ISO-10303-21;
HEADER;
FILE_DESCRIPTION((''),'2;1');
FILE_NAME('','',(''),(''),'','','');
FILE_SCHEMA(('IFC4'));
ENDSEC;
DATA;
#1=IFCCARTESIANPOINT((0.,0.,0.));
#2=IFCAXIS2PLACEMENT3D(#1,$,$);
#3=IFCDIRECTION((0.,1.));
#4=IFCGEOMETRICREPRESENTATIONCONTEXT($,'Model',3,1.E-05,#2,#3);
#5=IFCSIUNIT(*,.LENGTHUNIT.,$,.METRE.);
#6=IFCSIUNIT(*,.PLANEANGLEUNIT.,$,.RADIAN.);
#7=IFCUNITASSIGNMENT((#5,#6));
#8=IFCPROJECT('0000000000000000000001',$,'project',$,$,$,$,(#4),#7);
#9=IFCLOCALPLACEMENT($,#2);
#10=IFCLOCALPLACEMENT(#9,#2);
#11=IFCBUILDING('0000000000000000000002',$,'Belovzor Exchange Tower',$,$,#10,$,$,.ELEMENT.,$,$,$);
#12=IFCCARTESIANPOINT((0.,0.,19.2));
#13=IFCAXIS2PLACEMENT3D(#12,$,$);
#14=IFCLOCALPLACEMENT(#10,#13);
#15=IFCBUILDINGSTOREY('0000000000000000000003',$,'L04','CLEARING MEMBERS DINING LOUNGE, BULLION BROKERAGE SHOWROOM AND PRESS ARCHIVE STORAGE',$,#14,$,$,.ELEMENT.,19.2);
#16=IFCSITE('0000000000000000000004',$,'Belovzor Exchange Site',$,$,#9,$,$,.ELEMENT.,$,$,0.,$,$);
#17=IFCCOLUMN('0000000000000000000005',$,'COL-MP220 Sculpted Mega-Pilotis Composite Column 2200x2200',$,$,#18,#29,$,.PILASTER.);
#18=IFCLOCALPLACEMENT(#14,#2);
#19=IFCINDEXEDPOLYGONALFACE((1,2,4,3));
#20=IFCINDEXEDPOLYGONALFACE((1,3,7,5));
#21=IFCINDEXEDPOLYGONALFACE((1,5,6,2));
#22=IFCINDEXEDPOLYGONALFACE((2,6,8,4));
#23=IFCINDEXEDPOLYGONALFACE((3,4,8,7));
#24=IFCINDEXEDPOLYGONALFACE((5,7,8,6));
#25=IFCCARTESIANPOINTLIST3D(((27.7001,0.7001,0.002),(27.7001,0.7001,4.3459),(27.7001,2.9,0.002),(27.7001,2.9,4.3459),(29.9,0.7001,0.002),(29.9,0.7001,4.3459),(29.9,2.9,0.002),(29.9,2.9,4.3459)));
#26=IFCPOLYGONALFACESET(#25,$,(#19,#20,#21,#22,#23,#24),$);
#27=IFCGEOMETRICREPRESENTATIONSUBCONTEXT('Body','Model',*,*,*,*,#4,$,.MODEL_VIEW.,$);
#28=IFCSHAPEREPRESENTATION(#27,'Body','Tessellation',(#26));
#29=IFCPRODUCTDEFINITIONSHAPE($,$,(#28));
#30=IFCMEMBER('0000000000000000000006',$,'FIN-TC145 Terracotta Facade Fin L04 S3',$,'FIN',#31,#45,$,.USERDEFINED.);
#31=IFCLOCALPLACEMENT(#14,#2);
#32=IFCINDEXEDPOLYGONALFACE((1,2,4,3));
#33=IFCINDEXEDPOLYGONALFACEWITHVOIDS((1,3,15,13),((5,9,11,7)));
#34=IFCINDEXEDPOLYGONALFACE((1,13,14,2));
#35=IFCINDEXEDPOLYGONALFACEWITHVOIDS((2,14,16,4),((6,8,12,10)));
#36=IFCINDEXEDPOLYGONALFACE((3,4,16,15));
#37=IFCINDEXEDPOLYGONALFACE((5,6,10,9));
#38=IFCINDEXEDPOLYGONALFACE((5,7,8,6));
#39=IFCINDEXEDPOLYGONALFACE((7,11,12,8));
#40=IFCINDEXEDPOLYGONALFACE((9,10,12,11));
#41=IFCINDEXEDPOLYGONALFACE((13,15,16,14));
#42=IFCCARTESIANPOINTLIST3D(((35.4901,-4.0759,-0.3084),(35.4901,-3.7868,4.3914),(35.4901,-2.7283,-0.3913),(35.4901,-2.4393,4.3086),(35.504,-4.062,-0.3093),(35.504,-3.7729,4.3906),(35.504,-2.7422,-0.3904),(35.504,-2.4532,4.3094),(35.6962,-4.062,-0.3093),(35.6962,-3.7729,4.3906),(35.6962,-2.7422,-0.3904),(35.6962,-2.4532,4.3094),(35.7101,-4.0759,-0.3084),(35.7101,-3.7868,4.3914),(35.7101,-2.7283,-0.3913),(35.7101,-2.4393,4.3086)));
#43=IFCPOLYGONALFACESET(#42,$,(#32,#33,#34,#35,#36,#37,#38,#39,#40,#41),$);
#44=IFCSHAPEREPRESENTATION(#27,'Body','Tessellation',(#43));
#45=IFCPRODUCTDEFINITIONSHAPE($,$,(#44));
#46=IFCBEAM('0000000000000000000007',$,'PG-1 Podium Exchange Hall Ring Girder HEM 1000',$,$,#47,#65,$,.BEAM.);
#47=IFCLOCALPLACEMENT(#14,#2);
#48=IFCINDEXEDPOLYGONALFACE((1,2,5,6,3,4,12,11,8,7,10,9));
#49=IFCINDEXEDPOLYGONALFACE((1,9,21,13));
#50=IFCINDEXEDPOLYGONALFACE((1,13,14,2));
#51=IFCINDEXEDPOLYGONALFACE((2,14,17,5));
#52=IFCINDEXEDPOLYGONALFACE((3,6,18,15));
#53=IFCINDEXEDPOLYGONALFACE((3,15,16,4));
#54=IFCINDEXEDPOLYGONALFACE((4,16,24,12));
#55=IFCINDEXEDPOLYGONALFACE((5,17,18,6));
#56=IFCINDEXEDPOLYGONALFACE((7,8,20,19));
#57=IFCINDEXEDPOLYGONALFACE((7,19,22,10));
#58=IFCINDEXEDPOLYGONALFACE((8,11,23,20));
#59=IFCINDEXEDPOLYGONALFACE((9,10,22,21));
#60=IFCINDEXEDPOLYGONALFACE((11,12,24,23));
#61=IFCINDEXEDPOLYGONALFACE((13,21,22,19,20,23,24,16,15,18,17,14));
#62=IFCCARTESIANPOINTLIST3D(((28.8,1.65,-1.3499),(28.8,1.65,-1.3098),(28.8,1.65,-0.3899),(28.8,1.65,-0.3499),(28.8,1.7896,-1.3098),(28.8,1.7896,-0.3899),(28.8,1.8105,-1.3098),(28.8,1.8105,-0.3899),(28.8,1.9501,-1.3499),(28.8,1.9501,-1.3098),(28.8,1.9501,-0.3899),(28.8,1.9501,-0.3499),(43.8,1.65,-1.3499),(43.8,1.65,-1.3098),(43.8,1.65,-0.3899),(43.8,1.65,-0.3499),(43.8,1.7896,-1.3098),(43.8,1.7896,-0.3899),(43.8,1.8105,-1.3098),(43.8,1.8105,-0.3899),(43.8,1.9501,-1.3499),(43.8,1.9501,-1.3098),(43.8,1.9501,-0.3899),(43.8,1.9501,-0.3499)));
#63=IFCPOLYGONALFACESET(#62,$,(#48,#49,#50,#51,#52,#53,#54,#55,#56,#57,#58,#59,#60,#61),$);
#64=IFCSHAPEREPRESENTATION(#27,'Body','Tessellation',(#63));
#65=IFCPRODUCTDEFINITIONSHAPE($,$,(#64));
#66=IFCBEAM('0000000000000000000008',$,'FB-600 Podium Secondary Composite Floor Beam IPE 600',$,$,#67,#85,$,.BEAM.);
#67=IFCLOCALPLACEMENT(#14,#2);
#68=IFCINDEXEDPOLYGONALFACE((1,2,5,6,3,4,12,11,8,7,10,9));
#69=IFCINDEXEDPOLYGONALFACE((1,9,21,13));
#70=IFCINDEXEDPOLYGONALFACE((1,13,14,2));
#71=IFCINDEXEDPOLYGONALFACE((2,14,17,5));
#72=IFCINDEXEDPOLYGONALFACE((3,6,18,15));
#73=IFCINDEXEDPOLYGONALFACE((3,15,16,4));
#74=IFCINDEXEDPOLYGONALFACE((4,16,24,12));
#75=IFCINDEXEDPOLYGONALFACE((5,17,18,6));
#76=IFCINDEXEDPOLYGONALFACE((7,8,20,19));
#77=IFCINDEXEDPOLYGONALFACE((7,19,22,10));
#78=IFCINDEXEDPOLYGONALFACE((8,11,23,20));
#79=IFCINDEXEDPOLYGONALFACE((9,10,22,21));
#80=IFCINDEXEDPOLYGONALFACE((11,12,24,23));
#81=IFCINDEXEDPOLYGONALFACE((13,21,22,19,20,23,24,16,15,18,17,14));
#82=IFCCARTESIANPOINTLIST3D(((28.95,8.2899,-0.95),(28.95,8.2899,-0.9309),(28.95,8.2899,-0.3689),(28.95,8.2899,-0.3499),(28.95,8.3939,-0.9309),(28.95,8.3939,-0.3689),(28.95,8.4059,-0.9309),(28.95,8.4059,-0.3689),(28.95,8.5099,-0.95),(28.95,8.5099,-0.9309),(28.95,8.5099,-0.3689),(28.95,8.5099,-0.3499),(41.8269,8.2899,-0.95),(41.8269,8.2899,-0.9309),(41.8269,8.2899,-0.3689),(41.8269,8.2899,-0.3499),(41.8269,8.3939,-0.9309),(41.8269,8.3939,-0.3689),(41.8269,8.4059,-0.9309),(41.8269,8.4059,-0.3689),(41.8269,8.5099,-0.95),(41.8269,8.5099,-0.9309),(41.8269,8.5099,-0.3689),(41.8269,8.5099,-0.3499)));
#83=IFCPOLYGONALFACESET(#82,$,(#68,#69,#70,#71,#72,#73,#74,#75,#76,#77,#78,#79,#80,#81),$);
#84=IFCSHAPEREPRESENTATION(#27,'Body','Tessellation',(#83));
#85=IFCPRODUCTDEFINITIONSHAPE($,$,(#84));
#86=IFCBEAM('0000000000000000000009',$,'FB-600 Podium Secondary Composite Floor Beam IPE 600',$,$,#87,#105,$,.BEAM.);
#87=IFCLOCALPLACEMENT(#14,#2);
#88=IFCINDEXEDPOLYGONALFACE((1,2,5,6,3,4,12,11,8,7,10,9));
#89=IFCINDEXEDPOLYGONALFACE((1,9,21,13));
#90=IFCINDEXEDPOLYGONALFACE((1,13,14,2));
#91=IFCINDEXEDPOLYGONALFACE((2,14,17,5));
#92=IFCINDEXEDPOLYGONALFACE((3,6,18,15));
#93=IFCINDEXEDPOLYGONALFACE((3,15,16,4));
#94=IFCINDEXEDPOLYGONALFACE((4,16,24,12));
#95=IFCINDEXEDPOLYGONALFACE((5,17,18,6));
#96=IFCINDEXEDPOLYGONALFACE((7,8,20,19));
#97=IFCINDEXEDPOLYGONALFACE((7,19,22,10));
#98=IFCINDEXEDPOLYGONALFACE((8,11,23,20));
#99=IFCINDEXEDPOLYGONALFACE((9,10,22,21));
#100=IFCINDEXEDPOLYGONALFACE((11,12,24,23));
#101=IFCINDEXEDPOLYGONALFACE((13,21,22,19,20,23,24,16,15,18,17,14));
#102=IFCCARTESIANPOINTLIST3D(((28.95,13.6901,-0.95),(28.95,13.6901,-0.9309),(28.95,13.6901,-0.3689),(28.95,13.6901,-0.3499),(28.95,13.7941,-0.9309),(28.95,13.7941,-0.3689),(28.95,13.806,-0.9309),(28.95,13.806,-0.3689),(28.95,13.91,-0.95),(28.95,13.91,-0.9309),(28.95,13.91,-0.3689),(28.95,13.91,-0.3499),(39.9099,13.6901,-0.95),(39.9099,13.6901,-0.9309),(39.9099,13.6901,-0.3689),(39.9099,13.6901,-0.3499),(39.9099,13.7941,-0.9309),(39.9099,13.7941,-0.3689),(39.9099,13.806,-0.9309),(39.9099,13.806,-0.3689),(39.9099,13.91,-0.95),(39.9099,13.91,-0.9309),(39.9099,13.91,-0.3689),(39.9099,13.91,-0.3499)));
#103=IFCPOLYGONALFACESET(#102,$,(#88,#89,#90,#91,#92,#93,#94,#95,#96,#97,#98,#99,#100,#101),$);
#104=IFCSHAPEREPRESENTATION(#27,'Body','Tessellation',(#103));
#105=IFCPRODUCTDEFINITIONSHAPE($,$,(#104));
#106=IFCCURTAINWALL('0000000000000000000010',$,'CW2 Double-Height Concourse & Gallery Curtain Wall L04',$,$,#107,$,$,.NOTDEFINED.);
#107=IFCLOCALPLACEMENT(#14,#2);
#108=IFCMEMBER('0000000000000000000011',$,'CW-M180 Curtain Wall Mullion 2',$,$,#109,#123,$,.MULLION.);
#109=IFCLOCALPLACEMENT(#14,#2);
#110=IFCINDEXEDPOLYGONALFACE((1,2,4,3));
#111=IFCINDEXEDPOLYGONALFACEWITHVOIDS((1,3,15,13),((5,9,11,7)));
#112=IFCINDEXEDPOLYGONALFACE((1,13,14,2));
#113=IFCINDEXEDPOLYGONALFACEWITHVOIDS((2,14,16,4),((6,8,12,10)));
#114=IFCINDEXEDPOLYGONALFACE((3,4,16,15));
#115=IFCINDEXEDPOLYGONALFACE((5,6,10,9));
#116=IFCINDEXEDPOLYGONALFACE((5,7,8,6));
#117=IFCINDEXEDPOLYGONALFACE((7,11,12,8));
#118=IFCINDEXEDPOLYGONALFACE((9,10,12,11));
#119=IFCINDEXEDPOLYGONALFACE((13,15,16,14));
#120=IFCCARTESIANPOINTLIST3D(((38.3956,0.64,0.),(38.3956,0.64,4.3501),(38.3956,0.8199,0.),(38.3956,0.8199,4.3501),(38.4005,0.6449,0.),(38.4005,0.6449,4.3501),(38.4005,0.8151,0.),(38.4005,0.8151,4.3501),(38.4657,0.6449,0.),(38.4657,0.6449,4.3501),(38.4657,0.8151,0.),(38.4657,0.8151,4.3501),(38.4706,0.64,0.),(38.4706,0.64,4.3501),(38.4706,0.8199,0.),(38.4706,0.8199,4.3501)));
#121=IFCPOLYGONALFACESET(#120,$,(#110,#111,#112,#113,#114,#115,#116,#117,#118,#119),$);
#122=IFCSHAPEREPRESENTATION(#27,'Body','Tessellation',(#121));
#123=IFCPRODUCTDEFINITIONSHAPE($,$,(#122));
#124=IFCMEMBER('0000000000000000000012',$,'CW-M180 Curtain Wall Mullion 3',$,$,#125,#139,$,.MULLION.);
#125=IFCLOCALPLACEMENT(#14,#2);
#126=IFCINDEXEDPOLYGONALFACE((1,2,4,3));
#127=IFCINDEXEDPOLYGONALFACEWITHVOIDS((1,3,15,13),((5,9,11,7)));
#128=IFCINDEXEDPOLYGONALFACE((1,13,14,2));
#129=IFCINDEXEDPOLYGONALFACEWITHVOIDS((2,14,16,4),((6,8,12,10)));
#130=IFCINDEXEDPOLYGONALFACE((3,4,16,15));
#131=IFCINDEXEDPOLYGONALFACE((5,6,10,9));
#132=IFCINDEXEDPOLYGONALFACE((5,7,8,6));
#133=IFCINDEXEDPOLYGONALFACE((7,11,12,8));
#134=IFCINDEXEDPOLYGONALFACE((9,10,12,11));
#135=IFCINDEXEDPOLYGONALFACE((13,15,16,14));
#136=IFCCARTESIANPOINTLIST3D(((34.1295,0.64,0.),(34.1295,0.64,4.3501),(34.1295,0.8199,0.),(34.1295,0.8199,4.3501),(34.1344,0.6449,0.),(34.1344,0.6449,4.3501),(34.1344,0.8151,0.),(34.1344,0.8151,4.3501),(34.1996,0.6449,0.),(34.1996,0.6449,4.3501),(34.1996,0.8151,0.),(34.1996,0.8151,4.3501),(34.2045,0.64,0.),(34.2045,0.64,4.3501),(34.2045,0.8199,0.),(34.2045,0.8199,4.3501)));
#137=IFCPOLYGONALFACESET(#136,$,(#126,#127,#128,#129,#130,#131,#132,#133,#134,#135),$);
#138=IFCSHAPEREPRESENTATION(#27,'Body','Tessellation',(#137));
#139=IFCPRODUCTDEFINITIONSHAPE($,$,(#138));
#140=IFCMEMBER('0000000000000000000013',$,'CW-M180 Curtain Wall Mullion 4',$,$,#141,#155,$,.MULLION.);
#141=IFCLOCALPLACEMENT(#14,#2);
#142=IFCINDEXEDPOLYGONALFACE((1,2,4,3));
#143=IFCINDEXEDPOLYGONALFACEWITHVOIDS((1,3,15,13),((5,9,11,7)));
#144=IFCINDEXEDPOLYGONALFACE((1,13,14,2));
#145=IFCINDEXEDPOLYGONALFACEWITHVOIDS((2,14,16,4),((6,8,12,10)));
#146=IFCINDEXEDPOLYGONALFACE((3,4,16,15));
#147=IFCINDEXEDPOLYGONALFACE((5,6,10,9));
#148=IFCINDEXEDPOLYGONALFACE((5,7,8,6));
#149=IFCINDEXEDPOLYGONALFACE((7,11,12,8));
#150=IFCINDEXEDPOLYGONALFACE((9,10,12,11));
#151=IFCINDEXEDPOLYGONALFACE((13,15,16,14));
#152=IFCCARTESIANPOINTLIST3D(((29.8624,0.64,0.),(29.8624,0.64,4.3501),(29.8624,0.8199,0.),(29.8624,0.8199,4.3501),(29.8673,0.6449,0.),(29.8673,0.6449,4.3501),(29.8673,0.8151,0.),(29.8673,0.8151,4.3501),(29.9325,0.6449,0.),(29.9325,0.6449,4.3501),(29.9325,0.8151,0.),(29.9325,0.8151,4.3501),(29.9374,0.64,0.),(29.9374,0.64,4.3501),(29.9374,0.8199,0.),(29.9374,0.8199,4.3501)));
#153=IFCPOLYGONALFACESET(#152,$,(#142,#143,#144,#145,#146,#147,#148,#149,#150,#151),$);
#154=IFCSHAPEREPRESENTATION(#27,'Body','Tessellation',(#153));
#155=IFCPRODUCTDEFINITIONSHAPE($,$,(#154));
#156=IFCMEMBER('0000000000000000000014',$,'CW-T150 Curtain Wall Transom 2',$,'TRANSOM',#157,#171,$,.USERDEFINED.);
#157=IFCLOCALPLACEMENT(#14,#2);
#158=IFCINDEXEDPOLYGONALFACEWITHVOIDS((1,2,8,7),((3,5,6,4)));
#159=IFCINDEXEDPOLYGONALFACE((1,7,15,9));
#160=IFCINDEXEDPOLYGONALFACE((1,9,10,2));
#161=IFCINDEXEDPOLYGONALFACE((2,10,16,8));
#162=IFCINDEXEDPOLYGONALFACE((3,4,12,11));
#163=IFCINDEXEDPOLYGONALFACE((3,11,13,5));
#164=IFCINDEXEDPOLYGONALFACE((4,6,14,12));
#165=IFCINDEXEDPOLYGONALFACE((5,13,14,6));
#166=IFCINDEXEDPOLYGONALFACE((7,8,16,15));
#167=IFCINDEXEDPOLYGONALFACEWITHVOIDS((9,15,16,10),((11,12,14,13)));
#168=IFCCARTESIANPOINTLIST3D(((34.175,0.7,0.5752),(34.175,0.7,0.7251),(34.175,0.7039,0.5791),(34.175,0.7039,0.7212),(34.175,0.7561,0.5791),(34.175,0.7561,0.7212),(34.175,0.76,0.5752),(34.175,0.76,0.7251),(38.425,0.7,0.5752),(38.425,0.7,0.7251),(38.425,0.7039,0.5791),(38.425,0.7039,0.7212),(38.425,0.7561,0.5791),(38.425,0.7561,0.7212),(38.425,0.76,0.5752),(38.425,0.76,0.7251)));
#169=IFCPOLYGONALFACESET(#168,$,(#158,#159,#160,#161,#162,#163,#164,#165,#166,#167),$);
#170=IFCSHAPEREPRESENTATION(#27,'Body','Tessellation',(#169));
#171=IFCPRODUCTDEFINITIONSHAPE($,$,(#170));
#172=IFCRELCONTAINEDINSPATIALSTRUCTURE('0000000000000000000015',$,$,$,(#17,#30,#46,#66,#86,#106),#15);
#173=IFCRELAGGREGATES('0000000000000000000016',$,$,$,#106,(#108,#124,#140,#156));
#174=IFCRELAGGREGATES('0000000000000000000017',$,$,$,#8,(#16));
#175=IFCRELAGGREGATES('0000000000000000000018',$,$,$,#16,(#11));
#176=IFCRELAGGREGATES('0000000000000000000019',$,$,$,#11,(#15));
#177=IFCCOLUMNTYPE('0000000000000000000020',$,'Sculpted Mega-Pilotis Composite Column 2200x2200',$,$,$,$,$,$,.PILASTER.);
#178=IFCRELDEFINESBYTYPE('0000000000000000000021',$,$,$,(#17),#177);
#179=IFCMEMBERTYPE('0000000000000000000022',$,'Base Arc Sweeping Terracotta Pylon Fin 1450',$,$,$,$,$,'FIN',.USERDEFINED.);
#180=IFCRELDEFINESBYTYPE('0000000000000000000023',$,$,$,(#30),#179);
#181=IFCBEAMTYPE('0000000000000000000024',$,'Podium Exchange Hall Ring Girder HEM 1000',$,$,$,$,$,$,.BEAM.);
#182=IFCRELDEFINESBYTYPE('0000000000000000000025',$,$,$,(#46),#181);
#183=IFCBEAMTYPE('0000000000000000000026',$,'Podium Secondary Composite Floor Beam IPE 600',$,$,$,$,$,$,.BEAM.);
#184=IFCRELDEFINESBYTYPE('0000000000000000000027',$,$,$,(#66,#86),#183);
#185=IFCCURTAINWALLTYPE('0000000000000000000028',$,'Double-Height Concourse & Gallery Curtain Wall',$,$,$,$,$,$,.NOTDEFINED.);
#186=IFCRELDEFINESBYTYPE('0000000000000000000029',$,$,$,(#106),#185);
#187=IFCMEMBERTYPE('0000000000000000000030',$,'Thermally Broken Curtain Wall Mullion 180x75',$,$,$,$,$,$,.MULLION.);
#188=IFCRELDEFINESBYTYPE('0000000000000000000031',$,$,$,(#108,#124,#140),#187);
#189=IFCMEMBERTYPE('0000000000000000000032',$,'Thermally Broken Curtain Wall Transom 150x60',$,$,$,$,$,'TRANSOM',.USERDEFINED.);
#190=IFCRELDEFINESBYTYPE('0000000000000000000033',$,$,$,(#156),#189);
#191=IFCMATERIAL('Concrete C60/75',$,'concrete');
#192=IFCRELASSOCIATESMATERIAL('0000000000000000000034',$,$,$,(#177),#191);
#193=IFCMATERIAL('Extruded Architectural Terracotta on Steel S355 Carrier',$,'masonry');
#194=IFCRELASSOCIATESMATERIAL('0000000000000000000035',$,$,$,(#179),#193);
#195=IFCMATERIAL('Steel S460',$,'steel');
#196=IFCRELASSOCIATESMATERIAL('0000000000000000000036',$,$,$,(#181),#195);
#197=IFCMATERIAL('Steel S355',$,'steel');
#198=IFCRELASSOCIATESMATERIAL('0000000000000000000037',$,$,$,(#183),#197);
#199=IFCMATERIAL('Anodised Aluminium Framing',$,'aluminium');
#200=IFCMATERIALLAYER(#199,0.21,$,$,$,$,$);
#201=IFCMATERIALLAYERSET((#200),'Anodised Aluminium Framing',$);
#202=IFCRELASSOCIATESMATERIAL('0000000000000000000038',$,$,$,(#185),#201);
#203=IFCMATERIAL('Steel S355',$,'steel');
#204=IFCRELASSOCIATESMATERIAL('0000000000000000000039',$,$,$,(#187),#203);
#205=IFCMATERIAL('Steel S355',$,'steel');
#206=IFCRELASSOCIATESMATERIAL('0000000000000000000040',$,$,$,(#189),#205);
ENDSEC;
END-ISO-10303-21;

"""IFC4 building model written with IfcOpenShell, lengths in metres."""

from ifc_helpers import new_model, si_unit, direction, frame, origin, origin_2d, place, context, subcontext, project, spatial, rectangle, hollow_rectangle, i_section, extrude, material, layer, layer_set, material_profile, profile_set, type_object, element, aggregate, save


model = new_model("IFC4")

# Units and contexts
model_context = context("Model", 3, precision=1e-05, world=origin(), true_north=direction((0.0, 1.0)))
body_context = subcontext(model_context, "Body", "Model", "MODEL_VIEW")
ifc_project = project(units=[si_unit("LENGTHUNIT", "METRE"), si_unit("PLANEANGLEUNIT", "RADIAN")], contexts=[model_context])

# Site, building, storey
site_placement = place(None, origin())
site = spatial("IfcSite", under=ifc_project, at=site_placement, Name="Belovzor Exchange Site", CompositionType="ELEMENT", RefElevation=0.0)
building_placement = place(site_placement, origin())
building = spatial("IfcBuilding", under=site, at=building_placement, Name="Belovzor Exchange Tower", CompositionType="ELEMENT")
storey_placement = place(building_placement, frame((0.0, 0.0, 19.2)))
storey = spatial("IfcBuildingStorey", under=building, at=storey_placement, Name="L04", Description="CLEARING MEMBERS DINING LOUNGE, BULLION BROKERAGE SHOWROOM AND PRESS ARCHIVE STORAGE", CompositionType="ELEMENT", Elevation=19.2)

# Column
ifc_material_1 = material(Name="Concrete C60/75", Category="concrete")
ifc_material_profile_1 = material_profile(ifc_material_1, rectangle(XDim=2.2, YDim=2.2, at=origin_2d()))
ifc_profile_set_1 = profile_set([ifc_material_profile_1], Name="Concrete C60/75")
column_type = type_object("IfcColumnType", Name="Sculpted Mega-Pilotis Composite Column 2200x2200", PredefinedType="PILASTER", material=ifc_profile_set_1)
column_placement = place(storey_placement, frame((28.8, 1.8, 0.002), z_axis=(0.0, 0.0, 1.0), x_axis=(1.0, 0.0, 0.0)))
element("IfcColumn", 1, at=column_placement, inside=storey, type_object=column_type, Name="COL-MP220 Sculpted Mega-Pilotis Composite Column 2200x2200", PredefinedType="PILASTER", context=body_context, shape_type="SweptSolid", body=[
    extrude(rectangle(XDim=2.2, YDim=2.2, at=origin_2d()), origin(), (0.0, 0.0, 1.0), 4.344),
])

# Member
ifc_material_2 = material(Name="Extruded Architectural Terracotta on Steel S355 Carrier", Category="masonry")
ifc_material_profile_2 = material_profile(ifc_material_2, hollow_rectangle(XDim=0.22, YDim=1.3501, WallThickness=0.0139, at=origin_2d()))
ifc_profile_set_2 = profile_set([ifc_material_profile_2], Name="Extruded Architectural Terracotta on Steel S355 Carrier")
member_type_1 = type_object("IfcMemberType", Name="Base Arc Sweeping Terracotta Pylon Fin 1450", ElementType="FIN", PredefinedType="USERDEFINED", material=ifc_profile_set_2)
member_1_placement = place(storey_placement, frame((35.6001, -3.4021, -0.3499), z_axis=(0.0, 0.061387, 0.998114), x_axis=(-1.0, 0.0, 0.0)))
element("IfcMember", 2, at=member_1_placement, inside=storey, type_object=member_type_1, Name="FIN-TC145 Terracotta Facade Fin L04 S3", ObjectType="FIN", PredefinedType="USERDEFINED", context=body_context, shape_type="SweptSolid", body=[
    extrude(hollow_rectangle(XDim=0.22, YDim=1.3501, WallThickness=0.0139, at=origin_2d()), origin(), (0.0, 0.0, 1.0), 4.7087),
])

# Beams
ifc_material_3 = material(Name="Steel S460", Category="steel")
ifc_material_profile_3 = material_profile(ifc_material_3, i_section(OverallWidth=0.3, OverallDepth=1.0, WebThickness=0.021, FlangeThickness=0.04, at=origin_2d()))
ifc_profile_set_3 = profile_set([ifc_material_profile_3], Name="Steel S460")
beam_type_1 = type_object("IfcBeamType", Name="Podium Exchange Hall Ring Girder HEM 1000", PredefinedType="BEAM", material=ifc_profile_set_3)
beam_1_placement = place(storey_placement, frame((28.8, 1.8, -0.8499), z_axis=(1.0, 0.0, 0.0), x_axis=(0.0, 1.0, 0.0)))
element("IfcBeam", 3, at=beam_1_placement, inside=storey, type_object=beam_type_1, Name="PG-1 Podium Exchange Hall Ring Girder HEM 1000", PredefinedType="BEAM", context=body_context, shape_type="SweptSolid", body=[
    extrude(i_section(OverallWidth=0.3, OverallDepth=1.0, WebThickness=0.021, FlangeThickness=0.04, at=origin_2d()), origin(), (0.0, 0.0, 1.0), 15.0),
])
ifc_material_4 = material(Name="Steel S355", Category="steel")
ifc_material_profile_4 = material_profile(ifc_material_4, i_section(OverallWidth=0.22, OverallDepth=0.6001, WebThickness=0.012, FlangeThickness=0.019, at=origin_2d()))
ifc_profile_set_4 = profile_set([ifc_material_profile_4], Name="Steel S355")
beam_type_2 = type_object("IfcBeamType", Name="Podium Secondary Composite Floor Beam IPE 600", PredefinedType="BEAM", material=ifc_profile_set_4)
beam_2_placement = place(storey_placement, frame((28.95, 8.3999, -0.6499), z_axis=(1.0, 0.0, 0.0), x_axis=(0.0, 1.0, 0.0)))
element("IfcBeam", 4, at=beam_2_placement, inside=storey, type_object=beam_type_2, Name="FB-600 Podium Secondary Composite Floor Beam IPE 600", PredefinedType="BEAM", context=body_context, shape_type="SweptSolid", body=[
    extrude(i_section(OverallWidth=0.22, OverallDepth=0.6001, WebThickness=0.012, FlangeThickness=0.019, at=origin_2d()), origin(), (0.0, 0.0, 1.0), 12.877),
])
beam_3_placement = place(storey_placement, frame((28.95, 13.8, -0.6499), z_axis=(1.0, 0.0, 0.0), x_axis=(0.0, 1.0, 0.0)))
element("IfcBeam", 5, at=beam_3_placement, inside=storey, type_object=beam_type_2, Name="FB-600 Podium Secondary Composite Floor Beam IPE 600", PredefinedType="BEAM", context=body_context, shape_type="SweptSolid", body=[
    extrude(i_section(OverallWidth=0.22, OverallDepth=0.6001, WebThickness=0.012, FlangeThickness=0.019, at=origin_2d()), origin(), (0.0, 0.0, 1.0), 10.96),
])

# Curtain wall, members
ifc_material_5 = material(Name="Anodised Aluminium Framing", Category="aluminium")
ifc_layer_1 = layer(ifc_material_5, 0.21)
ifc_layer_set_1 = layer_set([ifc_layer_1], Name="Anodised Aluminium Framing")
curtain_wall_type = type_object("IfcCurtainWallType", Name="Double-Height Concourse & Gallery Curtain Wall", PredefinedType="NOTDEFINED", material=ifc_layer_set_1)
curtain_wall_placement = place(storey_placement, origin())
curtain_wall = element("IfcCurtainWall", 6, at=curtain_wall_placement, inside=storey, type_object=curtain_wall_type, Name="CW2 Double-Height Concourse & Gallery Curtain Wall L04", PredefinedType="NOTDEFINED")
ifc_material_6 = material(Name="Steel S355", Category="steel")
ifc_material_profile_5 = material_profile(ifc_material_6, hollow_rectangle(XDim=0.075, YDim=0.1799, WallThickness=0.0049, at=origin_2d()))
ifc_profile_set_5 = profile_set([ifc_material_profile_5], Name="Steel S355")
member_type_2 = type_object("IfcMemberType", Name="Thermally Broken Curtain Wall Mullion 180x75", PredefinedType="MULLION", material=ifc_profile_set_5)
member_2_placement = place(storey_placement, frame((38.4331, 0.73, 0.0), z_axis=(0.0, 0.0, 1.0), x_axis=(-1.0, 0.0, 0.0)))
member_2 = element("IfcMember", 7, at=member_2_placement, type_object=member_type_2, Name="CW-M180 Curtain Wall Mullion 2", PredefinedType="MULLION", context=body_context, shape_type="SweptSolid", body=[
    extrude(hollow_rectangle(XDim=0.075, YDim=0.1799, WallThickness=0.0049, at=origin_2d()), origin(), (0.0, 0.0, 1.0), 4.3501),
])
member_3_placement = place(storey_placement, frame((34.167, 0.73, 0.0), z_axis=(0.0, 0.0, 1.0), x_axis=(-1.0, 0.0, 0.0)))
member_3 = element("IfcMember", 8, at=member_3_placement, type_object=member_type_2, Name="CW-M180 Curtain Wall Mullion 3", PredefinedType="MULLION", context=body_context, shape_type="SweptSolid", body=[
    extrude(hollow_rectangle(XDim=0.075, YDim=0.1799, WallThickness=0.0049, at=origin_2d()), origin(), (0.0, 0.0, 1.0), 4.3501),
])
member_4_placement = place(storey_placement, frame((29.8999, 0.73, 0.0), z_axis=(0.0, 0.0, 1.0), x_axis=(-1.0, 0.0, 0.0)))
member_4 = element("IfcMember", 9, at=member_4_placement, type_object=member_type_2, Name="CW-M180 Curtain Wall Mullion 4", PredefinedType="MULLION", context=body_context, shape_type="SweptSolid", body=[
    extrude(hollow_rectangle(XDim=0.075, YDim=0.1799, WallThickness=0.0049, at=origin_2d()), origin(), (0.0, 0.0, 1.0), 4.3501),
])
ifc_material_7 = material(Name="Steel S355", Category="steel")
ifc_material_profile_6 = material_profile(ifc_material_7, hollow_rectangle(XDim=0.0601, YDim=0.1499, WallThickness=0.0039, at=origin_2d()))
ifc_profile_set_6 = profile_set([ifc_material_profile_6], Name="Steel S355")
member_type_3 = type_object("IfcMemberType", Name="Thermally Broken Curtain Wall Transom 150x60", ElementType="TRANSOM", PredefinedType="USERDEFINED", material=ifc_profile_set_6)
member_5_placement = place(storey_placement, frame((38.425, 0.73, 0.6501), z_axis=(-1.0, 0.0, 0.0), x_axis=(0.0, -1.0, 0.0)))
member_5 = element("IfcMember", 10, at=member_5_placement, type_object=member_type_3, Name="CW-T150 Curtain Wall Transom 2", ObjectType="TRANSOM", PredefinedType="USERDEFINED", context=body_context, shape_type="SweptSolid", body=[
    extrude(hollow_rectangle(XDim=0.0601, YDim=0.1499, WallThickness=0.0039, at=origin_2d()), origin(), (0.0, 0.0, 1.0), 4.25),
])

aggregate(curtain_wall, [member_2, member_3, member_4, member_5])

save(model, "model.ifc")
